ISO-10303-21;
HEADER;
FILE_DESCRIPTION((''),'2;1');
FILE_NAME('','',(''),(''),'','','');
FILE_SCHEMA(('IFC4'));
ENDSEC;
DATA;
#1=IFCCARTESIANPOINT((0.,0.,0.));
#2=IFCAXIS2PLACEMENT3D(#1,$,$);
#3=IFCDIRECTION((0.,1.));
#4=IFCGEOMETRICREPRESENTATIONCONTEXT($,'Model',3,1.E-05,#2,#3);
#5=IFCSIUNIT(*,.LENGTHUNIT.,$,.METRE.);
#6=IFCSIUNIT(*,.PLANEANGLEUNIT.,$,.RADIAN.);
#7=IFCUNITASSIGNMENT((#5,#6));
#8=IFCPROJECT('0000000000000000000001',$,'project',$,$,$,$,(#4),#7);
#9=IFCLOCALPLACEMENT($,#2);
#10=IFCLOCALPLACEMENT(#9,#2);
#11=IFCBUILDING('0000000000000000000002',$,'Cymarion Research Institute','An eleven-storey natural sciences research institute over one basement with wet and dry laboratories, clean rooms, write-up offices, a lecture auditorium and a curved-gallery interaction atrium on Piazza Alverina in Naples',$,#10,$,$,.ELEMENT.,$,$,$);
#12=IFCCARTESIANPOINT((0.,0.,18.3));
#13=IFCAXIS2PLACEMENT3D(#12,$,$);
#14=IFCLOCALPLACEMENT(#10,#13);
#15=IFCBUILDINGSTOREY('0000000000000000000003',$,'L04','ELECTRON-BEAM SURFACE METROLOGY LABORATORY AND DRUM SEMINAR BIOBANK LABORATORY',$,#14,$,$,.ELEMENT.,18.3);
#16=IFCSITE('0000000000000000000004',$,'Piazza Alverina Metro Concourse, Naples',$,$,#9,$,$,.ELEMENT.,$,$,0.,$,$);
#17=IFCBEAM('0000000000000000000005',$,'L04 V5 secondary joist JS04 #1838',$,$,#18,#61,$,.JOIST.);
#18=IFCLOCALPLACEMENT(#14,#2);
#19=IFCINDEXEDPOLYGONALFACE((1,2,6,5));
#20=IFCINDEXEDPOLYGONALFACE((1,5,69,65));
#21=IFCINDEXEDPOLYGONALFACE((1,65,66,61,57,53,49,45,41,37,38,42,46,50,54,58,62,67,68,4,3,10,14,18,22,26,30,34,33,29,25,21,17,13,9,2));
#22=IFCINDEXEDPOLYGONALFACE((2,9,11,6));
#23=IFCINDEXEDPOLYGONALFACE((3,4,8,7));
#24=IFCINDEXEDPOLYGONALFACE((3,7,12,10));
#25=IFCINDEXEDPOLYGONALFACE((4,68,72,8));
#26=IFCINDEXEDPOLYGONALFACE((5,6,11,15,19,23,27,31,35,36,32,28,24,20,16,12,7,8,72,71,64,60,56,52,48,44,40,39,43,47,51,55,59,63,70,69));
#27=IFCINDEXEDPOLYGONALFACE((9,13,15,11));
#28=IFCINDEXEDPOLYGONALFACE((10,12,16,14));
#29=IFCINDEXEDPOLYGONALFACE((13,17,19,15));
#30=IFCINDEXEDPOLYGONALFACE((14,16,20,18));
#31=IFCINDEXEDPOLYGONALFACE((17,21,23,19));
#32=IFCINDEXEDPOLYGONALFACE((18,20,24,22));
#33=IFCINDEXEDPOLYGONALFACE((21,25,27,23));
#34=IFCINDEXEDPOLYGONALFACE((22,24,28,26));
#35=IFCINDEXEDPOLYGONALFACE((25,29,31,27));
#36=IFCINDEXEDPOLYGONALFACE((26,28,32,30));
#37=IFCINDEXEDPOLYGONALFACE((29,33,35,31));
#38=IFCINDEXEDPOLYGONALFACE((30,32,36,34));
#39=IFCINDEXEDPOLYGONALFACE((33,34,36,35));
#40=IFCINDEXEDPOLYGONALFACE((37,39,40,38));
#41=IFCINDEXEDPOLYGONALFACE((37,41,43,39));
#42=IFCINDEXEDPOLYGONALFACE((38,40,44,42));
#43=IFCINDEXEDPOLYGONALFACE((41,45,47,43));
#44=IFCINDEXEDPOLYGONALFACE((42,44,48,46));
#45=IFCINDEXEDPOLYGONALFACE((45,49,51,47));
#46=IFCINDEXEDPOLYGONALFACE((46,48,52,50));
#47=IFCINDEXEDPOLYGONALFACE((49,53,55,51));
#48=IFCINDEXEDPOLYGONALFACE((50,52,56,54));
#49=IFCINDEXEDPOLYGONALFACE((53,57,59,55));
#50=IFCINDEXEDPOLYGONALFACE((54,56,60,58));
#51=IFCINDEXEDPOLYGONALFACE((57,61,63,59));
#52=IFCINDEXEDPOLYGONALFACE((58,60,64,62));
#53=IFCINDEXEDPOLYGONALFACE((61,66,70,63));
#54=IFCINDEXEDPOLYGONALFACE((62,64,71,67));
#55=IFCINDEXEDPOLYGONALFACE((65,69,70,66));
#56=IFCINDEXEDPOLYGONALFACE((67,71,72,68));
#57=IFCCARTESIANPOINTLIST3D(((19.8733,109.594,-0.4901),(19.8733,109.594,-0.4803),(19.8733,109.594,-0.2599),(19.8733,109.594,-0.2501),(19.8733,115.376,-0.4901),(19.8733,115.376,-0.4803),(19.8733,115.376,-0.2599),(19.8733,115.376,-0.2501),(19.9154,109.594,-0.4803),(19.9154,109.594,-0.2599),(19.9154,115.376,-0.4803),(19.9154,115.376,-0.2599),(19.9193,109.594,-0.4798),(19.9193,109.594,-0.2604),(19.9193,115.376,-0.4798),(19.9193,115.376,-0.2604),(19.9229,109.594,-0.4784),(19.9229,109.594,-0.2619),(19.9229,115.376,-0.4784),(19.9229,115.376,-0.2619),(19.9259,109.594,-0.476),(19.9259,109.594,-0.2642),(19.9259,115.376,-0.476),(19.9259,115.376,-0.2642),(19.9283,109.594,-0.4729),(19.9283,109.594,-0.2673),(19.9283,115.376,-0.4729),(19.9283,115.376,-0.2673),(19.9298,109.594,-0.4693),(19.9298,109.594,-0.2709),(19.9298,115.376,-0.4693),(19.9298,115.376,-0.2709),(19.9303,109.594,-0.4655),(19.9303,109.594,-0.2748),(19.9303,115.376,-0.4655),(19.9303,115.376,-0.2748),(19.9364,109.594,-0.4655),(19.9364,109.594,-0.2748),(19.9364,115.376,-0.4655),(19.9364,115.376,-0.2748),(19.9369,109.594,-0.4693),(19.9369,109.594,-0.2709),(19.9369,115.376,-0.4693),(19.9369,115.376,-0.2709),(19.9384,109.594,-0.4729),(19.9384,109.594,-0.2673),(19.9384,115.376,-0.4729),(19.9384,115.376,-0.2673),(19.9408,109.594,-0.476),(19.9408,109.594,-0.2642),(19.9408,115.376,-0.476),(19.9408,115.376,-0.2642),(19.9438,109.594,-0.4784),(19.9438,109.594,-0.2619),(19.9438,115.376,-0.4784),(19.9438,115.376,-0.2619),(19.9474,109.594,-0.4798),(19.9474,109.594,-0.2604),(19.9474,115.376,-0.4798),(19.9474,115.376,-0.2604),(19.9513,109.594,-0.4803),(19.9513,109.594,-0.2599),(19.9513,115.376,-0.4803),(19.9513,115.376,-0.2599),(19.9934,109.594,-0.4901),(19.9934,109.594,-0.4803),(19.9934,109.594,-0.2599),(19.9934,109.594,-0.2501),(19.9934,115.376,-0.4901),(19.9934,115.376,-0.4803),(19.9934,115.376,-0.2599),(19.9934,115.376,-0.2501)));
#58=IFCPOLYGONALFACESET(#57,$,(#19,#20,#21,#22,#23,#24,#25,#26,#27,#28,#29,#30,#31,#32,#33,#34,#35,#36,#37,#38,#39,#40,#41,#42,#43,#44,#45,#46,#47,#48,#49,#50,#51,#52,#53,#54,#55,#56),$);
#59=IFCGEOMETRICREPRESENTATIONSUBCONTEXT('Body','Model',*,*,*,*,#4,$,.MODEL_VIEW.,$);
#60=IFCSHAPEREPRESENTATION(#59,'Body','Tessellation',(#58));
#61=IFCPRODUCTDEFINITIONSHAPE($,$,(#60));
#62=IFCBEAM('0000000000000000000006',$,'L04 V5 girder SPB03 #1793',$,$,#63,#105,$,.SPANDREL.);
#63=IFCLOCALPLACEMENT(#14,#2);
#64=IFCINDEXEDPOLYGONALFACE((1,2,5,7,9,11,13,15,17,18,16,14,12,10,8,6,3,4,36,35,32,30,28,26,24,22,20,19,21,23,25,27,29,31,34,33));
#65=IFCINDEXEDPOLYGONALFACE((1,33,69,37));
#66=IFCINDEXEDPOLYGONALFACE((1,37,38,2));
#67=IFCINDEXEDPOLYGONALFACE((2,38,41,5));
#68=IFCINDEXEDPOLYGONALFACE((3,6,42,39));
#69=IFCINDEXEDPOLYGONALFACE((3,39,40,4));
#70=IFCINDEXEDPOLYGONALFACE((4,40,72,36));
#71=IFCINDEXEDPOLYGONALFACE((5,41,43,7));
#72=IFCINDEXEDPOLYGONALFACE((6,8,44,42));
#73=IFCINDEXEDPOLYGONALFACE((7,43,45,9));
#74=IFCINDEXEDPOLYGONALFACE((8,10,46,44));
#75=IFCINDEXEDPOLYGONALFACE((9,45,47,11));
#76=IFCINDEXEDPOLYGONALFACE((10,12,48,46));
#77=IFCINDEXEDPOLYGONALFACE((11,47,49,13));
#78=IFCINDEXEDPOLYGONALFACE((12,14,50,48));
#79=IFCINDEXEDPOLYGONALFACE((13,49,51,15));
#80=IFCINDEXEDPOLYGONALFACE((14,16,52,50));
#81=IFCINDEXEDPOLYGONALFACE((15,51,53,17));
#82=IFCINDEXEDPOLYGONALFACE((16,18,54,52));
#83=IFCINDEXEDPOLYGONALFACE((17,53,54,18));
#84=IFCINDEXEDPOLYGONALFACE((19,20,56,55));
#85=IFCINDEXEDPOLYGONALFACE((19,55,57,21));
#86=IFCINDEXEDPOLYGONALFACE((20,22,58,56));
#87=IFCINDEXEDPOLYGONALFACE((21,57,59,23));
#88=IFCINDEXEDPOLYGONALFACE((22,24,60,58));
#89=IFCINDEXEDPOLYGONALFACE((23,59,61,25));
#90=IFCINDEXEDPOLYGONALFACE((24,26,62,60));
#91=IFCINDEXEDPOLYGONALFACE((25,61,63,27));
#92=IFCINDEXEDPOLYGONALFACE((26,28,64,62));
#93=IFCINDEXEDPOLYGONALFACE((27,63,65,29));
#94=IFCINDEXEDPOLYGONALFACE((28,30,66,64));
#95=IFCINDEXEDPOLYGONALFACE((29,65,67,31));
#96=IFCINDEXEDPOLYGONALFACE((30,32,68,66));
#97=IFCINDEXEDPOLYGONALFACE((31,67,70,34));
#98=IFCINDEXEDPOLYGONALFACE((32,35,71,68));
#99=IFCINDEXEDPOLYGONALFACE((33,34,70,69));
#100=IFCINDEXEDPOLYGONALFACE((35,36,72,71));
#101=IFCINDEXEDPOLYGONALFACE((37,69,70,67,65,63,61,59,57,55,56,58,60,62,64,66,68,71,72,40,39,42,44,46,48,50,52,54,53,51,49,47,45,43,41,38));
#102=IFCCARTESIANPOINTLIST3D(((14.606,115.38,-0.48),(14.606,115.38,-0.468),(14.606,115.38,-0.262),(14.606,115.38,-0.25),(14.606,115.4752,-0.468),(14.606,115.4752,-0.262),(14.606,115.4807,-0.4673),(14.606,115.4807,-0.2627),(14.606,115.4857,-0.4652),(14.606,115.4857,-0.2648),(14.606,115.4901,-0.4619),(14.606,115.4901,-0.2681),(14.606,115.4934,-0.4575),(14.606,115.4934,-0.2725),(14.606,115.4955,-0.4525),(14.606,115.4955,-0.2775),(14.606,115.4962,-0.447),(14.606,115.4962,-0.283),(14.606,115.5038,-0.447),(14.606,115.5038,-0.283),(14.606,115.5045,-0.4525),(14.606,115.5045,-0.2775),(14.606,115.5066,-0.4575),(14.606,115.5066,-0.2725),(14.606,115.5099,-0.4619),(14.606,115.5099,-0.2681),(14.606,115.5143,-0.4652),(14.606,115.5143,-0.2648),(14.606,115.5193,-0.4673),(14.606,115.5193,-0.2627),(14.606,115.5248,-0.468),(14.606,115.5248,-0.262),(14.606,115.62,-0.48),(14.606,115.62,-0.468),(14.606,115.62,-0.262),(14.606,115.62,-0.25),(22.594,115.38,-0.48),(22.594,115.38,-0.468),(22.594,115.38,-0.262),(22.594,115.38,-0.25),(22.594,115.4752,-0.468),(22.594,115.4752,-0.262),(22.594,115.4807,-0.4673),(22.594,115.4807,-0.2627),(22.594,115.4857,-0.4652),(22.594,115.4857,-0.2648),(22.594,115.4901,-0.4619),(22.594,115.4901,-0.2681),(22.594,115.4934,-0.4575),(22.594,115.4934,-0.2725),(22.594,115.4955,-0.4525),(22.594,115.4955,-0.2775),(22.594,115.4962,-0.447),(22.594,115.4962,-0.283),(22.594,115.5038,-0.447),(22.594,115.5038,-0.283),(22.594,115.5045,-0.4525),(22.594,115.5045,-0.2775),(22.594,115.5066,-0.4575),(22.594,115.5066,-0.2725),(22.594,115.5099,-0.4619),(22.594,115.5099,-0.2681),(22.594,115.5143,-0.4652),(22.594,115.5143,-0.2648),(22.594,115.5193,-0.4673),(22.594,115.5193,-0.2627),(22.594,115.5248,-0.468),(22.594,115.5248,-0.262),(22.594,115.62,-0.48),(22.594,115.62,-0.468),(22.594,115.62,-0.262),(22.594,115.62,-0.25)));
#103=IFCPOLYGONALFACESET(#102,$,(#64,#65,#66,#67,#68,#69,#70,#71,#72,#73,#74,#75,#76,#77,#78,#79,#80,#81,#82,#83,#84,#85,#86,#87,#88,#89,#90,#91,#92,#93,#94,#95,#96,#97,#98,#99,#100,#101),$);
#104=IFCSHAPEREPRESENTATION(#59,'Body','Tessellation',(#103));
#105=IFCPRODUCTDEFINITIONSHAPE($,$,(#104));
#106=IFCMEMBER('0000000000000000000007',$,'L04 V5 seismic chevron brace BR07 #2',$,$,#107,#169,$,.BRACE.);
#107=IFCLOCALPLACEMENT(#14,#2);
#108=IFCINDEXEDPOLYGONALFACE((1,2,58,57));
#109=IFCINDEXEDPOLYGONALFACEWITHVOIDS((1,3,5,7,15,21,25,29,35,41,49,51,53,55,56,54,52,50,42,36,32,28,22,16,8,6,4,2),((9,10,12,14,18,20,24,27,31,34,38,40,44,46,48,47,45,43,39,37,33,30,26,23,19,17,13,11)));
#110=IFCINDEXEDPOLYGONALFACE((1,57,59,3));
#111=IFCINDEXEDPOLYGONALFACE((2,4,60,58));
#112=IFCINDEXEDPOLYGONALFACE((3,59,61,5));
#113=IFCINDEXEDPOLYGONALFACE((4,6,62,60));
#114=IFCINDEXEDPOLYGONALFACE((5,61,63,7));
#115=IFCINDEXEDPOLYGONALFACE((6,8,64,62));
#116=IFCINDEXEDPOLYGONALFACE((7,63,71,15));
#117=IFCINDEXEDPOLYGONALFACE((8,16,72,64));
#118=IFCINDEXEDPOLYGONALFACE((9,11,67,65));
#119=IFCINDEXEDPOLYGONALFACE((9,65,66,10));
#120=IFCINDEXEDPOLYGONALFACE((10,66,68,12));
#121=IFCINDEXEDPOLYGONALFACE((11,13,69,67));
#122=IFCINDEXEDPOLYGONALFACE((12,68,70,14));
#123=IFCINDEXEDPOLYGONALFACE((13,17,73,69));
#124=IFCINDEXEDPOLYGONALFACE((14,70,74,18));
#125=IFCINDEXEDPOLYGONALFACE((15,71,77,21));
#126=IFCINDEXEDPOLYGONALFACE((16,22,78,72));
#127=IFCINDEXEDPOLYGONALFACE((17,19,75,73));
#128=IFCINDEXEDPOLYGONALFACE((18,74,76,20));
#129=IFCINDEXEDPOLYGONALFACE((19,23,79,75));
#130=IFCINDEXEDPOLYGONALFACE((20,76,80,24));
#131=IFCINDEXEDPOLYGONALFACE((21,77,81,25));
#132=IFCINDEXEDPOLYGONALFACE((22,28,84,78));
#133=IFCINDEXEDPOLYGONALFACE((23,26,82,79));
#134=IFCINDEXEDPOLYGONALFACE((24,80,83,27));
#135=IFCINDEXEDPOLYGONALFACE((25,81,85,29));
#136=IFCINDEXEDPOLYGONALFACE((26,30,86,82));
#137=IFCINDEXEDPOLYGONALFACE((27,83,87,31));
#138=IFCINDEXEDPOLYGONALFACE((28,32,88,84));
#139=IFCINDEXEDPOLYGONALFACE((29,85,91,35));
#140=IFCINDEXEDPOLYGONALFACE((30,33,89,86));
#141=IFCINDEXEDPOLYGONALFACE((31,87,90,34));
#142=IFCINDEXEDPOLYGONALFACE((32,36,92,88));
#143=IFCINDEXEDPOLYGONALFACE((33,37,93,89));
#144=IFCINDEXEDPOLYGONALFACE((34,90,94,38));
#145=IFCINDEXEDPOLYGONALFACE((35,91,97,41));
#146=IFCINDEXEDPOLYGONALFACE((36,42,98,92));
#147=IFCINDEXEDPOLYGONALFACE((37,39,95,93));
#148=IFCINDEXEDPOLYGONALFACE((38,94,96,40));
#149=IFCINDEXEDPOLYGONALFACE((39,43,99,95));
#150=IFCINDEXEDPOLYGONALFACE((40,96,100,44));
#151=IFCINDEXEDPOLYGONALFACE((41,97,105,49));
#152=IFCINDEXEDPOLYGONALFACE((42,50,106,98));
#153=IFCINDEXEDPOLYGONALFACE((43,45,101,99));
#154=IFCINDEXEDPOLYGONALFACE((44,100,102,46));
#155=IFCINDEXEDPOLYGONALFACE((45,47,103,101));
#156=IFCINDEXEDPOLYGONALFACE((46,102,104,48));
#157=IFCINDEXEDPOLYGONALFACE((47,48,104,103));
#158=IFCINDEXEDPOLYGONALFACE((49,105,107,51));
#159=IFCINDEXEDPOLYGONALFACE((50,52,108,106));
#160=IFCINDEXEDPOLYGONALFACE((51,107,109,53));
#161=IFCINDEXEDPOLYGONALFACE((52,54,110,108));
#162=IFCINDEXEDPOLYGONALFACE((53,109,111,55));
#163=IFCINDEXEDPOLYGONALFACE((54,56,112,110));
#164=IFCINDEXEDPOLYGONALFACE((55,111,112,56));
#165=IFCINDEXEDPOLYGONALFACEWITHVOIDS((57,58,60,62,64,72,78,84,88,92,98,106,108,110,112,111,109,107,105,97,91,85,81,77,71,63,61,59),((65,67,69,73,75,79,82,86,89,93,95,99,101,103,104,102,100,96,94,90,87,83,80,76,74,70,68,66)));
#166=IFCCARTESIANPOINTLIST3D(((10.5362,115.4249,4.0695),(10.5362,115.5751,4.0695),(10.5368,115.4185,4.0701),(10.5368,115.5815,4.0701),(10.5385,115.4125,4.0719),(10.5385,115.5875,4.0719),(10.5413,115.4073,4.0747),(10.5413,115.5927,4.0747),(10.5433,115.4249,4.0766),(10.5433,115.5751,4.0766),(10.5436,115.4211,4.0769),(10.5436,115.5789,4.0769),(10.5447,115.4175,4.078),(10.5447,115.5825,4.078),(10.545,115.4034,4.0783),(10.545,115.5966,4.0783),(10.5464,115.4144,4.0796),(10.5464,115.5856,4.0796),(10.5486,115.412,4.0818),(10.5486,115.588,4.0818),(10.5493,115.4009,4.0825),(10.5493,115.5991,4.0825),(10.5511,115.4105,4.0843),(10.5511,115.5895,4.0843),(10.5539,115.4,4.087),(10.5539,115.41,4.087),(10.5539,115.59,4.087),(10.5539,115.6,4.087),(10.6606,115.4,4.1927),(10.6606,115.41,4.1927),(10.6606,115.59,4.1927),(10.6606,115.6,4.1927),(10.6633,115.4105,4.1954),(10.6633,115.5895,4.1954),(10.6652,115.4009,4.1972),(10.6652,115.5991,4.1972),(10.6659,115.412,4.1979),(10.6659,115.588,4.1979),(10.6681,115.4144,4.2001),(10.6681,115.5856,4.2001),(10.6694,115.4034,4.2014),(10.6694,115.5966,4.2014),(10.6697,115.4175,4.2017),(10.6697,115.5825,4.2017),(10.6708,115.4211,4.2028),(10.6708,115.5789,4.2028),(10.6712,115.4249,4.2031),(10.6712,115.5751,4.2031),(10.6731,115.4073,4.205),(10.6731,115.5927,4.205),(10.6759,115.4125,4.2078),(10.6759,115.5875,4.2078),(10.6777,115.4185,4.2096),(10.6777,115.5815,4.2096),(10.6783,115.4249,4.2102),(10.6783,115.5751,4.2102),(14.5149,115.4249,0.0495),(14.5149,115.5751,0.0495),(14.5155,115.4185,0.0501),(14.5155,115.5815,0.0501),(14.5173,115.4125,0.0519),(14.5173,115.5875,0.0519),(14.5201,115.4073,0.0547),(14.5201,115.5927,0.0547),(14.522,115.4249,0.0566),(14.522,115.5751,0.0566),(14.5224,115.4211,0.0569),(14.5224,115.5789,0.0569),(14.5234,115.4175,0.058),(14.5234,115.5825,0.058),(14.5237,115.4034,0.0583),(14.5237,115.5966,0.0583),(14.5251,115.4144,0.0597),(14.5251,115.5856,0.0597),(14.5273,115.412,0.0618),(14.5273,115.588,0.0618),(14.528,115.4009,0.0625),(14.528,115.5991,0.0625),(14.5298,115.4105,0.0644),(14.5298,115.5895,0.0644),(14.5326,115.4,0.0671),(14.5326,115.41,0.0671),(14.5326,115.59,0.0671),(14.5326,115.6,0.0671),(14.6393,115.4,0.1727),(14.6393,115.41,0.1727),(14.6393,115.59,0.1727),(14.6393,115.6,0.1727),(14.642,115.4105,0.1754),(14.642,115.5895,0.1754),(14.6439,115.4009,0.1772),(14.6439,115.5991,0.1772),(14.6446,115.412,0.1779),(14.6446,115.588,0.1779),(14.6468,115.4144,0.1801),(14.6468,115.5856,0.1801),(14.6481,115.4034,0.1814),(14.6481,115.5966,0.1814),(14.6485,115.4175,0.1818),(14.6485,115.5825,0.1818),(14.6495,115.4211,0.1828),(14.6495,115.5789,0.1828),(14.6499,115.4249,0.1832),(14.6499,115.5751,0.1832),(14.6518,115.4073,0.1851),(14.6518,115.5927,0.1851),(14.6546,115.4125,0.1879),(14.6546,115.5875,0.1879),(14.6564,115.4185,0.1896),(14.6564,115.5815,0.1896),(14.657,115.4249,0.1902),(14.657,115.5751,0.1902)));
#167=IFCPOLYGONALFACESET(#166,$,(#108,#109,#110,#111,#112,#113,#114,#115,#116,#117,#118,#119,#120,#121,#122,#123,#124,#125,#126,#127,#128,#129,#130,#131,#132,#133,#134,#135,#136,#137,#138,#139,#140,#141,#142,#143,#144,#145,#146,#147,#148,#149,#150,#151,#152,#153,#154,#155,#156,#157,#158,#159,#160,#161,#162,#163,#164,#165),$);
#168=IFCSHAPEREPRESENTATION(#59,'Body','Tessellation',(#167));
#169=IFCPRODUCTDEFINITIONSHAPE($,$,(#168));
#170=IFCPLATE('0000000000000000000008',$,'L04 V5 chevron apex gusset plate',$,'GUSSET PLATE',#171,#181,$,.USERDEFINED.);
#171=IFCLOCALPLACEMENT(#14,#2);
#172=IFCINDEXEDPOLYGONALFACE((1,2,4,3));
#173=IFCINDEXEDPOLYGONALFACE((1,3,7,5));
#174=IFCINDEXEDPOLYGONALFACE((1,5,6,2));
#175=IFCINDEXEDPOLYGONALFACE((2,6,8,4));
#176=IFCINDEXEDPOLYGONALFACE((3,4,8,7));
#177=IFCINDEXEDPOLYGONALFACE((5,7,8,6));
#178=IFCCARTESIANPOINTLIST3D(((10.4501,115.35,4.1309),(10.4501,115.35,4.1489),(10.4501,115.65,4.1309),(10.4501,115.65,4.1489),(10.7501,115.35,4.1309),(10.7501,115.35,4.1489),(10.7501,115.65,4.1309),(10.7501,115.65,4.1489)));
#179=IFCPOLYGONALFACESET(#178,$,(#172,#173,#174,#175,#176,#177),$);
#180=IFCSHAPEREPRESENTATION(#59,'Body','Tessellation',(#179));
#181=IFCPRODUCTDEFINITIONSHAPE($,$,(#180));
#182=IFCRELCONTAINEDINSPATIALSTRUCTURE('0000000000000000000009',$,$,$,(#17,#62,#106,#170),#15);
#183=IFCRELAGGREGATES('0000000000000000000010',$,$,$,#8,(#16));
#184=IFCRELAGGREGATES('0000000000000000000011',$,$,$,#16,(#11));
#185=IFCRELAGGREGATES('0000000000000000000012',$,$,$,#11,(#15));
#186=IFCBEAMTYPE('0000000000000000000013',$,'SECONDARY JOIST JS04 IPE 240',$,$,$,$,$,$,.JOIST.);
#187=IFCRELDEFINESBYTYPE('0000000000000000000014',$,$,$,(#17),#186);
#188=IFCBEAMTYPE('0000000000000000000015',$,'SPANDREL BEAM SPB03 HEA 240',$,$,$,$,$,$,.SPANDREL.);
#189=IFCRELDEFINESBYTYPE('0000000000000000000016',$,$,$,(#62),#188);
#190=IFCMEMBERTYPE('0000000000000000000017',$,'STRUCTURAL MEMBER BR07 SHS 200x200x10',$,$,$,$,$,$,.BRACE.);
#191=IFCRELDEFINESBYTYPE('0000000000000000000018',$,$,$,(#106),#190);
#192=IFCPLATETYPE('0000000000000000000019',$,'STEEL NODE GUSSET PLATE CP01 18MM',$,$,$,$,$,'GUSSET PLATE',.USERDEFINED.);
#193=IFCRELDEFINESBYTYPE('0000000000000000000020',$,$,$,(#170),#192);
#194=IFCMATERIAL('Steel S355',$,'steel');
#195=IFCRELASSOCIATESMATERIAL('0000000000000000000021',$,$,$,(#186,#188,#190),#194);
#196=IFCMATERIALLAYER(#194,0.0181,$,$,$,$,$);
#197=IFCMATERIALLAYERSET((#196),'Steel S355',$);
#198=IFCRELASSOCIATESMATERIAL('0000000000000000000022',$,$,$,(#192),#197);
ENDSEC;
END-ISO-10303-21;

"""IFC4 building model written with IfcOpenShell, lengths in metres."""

from ifc_helpers import new_model, si_unit, direction, frame, origin, origin_2d, place, context, subcontext, project, spatial, rectangle, hollow_rectangle, i_section, extrude, material, layer, layer_set, material_profile, profile_set, type_object, element, save


model = new_model("IFC4")

# Units and contexts
model_context = context("Model", 3, precision=1e-05, world=origin(), true_north=direction((0.0, 1.0)))
body_context = subcontext(model_context, "Body", "Model", "MODEL_VIEW")
ifc_project = project(units=[si_unit("LENGTHUNIT", "METRE"), si_unit("PLANEANGLEUNIT", "RADIAN")], contexts=[model_context])

# Site, building, storey
site_placement = place(None, origin())
site = spatial("IfcSite", under=ifc_project, at=site_placement, Name="Piazza Alverina Metro Concourse, Naples", CompositionType="ELEMENT", RefElevation=0.0)
building_placement = place(site_placement, origin())
building = spatial("IfcBuilding", under=site, at=building_placement, Name="Cymarion Research Institute", Description="An eleven-storey natural sciences research institute over one basement with wet and dry laboratories, clean rooms, write-up offices, a lecture auditorium and a curved-gallery interaction atrium on Piazza Alverina in Naples", CompositionType="ELEMENT")
storey_placement = place(building_placement, frame((0.0, 0.0, 18.3)))
storey = spatial("IfcBuildingStorey", under=building, at=storey_placement, Name="L04", Description="ELECTRON-BEAM SURFACE METROLOGY LABORATORY AND DRUM SEMINAR BIOBANK LABORATORY", CompositionType="ELEMENT", Elevation=18.3)

# Shared definitions
ifc_material_1 = material(Name="Steel S355", Category="steel")

# Beams
ifc_material_profile_1 = material_profile(ifc_material_1, i_section(OverallWidth=0.1201, OverallDepth=0.24, WebThickness=0.0061, FlangeThickness=0.0098, FilletRadius=0.0149, at=origin_2d()), Name="IPE 240")
ifc_profile_set_1 = profile_set([ifc_material_profile_1], Name="Steel S355")
beam_type_1 = type_object("IfcBeamType", Name="SECONDARY JOIST JS04 IPE 240", PredefinedType="JOIST", material=ifc_profile_set_1)
for number, where, z_axis, x_axis, name in (
    (1, (19.9333, 109.594, -0.3701), (0.0, 1.0, 0.0), (-1.0, 0.0, 0.0), "L04 V5 secondary joist JS04 #1838"),
):
    element("IfcBeam", number, at=place(storey_placement, frame(where, z_axis=z_axis, x_axis=x_axis)), inside=storey, type_object=beam_type_1, Name=name, PredefinedType="JOIST", context=body_context, shape_type="SweptSolid", body=[
        extrude(i_section(OverallWidth=0.1201, OverallDepth=0.24, WebThickness=0.0061, FlangeThickness=0.0098, FilletRadius=0.0149, at=origin_2d()), origin(), (0.0, 0.0, 1.0), 5.782),
    ])
ifc_material_profile_2 = material_profile(ifc_material_1, i_section(OverallWidth=0.24, OverallDepth=0.23, WebThickness=0.0076, FlangeThickness=0.012, FilletRadius=0.021, at=origin_2d()), Name="HEA 240")
ifc_profile_set_2 = profile_set([ifc_material_profile_2], Name="Steel S355")
beam_type_2 = type_object("IfcBeamType", Name="SPANDREL BEAM SPB03 HEA 240", PredefinedType="SPANDREL", material=ifc_profile_set_2)
beam_1_placement = place(storey_placement, frame((14.606, 115.5, -0.365), z_axis=(1.0, 0.0, 0.0), x_axis=(0.0, 1.0, 0.0)))
element("IfcBeam", 2, at=beam_1_placement, inside=storey, type_object=beam_type_2, Name="L04 V5 girder SPB03 #1793", PredefinedType="SPANDREL", context=body_context, shape_type="SweptSolid", body=[
    extrude(i_section(OverallWidth=0.24, OverallDepth=0.23, WebThickness=0.0076, FlangeThickness=0.012, FilletRadius=0.021, at=origin_2d()), origin(), (0.0, 0.0, 1.0), 7.988),
])

# Member
ifc_material_profile_3 = material_profile(ifc_material_1, hollow_rectangle(XDim=0.2, YDim=0.2, WallThickness=0.01, InnerFilletRadius=0.0149, OuterFilletRadius=0.0249, at=origin_2d()), Name="SHS 200x200x10")
ifc_profile_set_3 = profile_set([ifc_material_profile_3], Name="Steel S355")
member_type_1 = type_object("IfcMemberType", Name="STRUCTURAL MEMBER BR07 SHS 200x200x10", PredefinedType="BRACE", material=ifc_profile_set_3)
member_1_placement = place(storey_placement, frame((14.5859, 115.5, 0.1199), z_axis=(-0.70345, 0.0, 0.710745), x_axis=(0.0, -1.0, 0.0)))
element("IfcMember", 3, at=member_1_placement, inside=storey, type_object=member_type_1, Name="L04 V5 seismic chevron brace BR07 #2", PredefinedType="BRACE", context=body_context, shape_type="SweptSolid", body=[
    extrude(hollow_rectangle(XDim=0.2, YDim=0.2, WallThickness=0.01, InnerFilletRadius=0.0149, OuterFilletRadius=0.0249, at=origin_2d()), origin(), (0.0, 0.0, 1.0), 5.656),
])

# Plate
ifc_layer_1 = layer(ifc_material_1, 0.0181)
ifc_layer_set_1 = layer_set([ifc_layer_1], Name="Steel S355")
plate_type_1 = type_object("IfcPlateType", Name="STEEL NODE GUSSET PLATE CP01 18MM", ElementType="GUSSET PLATE", PredefinedType="USERDEFINED", material=ifc_layer_set_1)
plate_1_placement = place(storey_placement, frame((10.6001, 115.5, 4.1309), z_axis=(0.0, 0.0, 1.0), x_axis=(1.0, 0.0, 0.0)))
element("IfcPlate", 4, at=plate_1_placement, inside=storey, type_object=plate_type_1, Name="L04 V5 chevron apex gusset plate", ObjectType="GUSSET PLATE", PredefinedType="USERDEFINED", context=body_context, shape_type="SweptSolid", body=[
    extrude(rectangle(XDim=0.3, YDim=0.3, at=origin_2d()), origin(), (0.0, 0.0, 1.0), 0.0181),
])

save(model, "model.ifc")
